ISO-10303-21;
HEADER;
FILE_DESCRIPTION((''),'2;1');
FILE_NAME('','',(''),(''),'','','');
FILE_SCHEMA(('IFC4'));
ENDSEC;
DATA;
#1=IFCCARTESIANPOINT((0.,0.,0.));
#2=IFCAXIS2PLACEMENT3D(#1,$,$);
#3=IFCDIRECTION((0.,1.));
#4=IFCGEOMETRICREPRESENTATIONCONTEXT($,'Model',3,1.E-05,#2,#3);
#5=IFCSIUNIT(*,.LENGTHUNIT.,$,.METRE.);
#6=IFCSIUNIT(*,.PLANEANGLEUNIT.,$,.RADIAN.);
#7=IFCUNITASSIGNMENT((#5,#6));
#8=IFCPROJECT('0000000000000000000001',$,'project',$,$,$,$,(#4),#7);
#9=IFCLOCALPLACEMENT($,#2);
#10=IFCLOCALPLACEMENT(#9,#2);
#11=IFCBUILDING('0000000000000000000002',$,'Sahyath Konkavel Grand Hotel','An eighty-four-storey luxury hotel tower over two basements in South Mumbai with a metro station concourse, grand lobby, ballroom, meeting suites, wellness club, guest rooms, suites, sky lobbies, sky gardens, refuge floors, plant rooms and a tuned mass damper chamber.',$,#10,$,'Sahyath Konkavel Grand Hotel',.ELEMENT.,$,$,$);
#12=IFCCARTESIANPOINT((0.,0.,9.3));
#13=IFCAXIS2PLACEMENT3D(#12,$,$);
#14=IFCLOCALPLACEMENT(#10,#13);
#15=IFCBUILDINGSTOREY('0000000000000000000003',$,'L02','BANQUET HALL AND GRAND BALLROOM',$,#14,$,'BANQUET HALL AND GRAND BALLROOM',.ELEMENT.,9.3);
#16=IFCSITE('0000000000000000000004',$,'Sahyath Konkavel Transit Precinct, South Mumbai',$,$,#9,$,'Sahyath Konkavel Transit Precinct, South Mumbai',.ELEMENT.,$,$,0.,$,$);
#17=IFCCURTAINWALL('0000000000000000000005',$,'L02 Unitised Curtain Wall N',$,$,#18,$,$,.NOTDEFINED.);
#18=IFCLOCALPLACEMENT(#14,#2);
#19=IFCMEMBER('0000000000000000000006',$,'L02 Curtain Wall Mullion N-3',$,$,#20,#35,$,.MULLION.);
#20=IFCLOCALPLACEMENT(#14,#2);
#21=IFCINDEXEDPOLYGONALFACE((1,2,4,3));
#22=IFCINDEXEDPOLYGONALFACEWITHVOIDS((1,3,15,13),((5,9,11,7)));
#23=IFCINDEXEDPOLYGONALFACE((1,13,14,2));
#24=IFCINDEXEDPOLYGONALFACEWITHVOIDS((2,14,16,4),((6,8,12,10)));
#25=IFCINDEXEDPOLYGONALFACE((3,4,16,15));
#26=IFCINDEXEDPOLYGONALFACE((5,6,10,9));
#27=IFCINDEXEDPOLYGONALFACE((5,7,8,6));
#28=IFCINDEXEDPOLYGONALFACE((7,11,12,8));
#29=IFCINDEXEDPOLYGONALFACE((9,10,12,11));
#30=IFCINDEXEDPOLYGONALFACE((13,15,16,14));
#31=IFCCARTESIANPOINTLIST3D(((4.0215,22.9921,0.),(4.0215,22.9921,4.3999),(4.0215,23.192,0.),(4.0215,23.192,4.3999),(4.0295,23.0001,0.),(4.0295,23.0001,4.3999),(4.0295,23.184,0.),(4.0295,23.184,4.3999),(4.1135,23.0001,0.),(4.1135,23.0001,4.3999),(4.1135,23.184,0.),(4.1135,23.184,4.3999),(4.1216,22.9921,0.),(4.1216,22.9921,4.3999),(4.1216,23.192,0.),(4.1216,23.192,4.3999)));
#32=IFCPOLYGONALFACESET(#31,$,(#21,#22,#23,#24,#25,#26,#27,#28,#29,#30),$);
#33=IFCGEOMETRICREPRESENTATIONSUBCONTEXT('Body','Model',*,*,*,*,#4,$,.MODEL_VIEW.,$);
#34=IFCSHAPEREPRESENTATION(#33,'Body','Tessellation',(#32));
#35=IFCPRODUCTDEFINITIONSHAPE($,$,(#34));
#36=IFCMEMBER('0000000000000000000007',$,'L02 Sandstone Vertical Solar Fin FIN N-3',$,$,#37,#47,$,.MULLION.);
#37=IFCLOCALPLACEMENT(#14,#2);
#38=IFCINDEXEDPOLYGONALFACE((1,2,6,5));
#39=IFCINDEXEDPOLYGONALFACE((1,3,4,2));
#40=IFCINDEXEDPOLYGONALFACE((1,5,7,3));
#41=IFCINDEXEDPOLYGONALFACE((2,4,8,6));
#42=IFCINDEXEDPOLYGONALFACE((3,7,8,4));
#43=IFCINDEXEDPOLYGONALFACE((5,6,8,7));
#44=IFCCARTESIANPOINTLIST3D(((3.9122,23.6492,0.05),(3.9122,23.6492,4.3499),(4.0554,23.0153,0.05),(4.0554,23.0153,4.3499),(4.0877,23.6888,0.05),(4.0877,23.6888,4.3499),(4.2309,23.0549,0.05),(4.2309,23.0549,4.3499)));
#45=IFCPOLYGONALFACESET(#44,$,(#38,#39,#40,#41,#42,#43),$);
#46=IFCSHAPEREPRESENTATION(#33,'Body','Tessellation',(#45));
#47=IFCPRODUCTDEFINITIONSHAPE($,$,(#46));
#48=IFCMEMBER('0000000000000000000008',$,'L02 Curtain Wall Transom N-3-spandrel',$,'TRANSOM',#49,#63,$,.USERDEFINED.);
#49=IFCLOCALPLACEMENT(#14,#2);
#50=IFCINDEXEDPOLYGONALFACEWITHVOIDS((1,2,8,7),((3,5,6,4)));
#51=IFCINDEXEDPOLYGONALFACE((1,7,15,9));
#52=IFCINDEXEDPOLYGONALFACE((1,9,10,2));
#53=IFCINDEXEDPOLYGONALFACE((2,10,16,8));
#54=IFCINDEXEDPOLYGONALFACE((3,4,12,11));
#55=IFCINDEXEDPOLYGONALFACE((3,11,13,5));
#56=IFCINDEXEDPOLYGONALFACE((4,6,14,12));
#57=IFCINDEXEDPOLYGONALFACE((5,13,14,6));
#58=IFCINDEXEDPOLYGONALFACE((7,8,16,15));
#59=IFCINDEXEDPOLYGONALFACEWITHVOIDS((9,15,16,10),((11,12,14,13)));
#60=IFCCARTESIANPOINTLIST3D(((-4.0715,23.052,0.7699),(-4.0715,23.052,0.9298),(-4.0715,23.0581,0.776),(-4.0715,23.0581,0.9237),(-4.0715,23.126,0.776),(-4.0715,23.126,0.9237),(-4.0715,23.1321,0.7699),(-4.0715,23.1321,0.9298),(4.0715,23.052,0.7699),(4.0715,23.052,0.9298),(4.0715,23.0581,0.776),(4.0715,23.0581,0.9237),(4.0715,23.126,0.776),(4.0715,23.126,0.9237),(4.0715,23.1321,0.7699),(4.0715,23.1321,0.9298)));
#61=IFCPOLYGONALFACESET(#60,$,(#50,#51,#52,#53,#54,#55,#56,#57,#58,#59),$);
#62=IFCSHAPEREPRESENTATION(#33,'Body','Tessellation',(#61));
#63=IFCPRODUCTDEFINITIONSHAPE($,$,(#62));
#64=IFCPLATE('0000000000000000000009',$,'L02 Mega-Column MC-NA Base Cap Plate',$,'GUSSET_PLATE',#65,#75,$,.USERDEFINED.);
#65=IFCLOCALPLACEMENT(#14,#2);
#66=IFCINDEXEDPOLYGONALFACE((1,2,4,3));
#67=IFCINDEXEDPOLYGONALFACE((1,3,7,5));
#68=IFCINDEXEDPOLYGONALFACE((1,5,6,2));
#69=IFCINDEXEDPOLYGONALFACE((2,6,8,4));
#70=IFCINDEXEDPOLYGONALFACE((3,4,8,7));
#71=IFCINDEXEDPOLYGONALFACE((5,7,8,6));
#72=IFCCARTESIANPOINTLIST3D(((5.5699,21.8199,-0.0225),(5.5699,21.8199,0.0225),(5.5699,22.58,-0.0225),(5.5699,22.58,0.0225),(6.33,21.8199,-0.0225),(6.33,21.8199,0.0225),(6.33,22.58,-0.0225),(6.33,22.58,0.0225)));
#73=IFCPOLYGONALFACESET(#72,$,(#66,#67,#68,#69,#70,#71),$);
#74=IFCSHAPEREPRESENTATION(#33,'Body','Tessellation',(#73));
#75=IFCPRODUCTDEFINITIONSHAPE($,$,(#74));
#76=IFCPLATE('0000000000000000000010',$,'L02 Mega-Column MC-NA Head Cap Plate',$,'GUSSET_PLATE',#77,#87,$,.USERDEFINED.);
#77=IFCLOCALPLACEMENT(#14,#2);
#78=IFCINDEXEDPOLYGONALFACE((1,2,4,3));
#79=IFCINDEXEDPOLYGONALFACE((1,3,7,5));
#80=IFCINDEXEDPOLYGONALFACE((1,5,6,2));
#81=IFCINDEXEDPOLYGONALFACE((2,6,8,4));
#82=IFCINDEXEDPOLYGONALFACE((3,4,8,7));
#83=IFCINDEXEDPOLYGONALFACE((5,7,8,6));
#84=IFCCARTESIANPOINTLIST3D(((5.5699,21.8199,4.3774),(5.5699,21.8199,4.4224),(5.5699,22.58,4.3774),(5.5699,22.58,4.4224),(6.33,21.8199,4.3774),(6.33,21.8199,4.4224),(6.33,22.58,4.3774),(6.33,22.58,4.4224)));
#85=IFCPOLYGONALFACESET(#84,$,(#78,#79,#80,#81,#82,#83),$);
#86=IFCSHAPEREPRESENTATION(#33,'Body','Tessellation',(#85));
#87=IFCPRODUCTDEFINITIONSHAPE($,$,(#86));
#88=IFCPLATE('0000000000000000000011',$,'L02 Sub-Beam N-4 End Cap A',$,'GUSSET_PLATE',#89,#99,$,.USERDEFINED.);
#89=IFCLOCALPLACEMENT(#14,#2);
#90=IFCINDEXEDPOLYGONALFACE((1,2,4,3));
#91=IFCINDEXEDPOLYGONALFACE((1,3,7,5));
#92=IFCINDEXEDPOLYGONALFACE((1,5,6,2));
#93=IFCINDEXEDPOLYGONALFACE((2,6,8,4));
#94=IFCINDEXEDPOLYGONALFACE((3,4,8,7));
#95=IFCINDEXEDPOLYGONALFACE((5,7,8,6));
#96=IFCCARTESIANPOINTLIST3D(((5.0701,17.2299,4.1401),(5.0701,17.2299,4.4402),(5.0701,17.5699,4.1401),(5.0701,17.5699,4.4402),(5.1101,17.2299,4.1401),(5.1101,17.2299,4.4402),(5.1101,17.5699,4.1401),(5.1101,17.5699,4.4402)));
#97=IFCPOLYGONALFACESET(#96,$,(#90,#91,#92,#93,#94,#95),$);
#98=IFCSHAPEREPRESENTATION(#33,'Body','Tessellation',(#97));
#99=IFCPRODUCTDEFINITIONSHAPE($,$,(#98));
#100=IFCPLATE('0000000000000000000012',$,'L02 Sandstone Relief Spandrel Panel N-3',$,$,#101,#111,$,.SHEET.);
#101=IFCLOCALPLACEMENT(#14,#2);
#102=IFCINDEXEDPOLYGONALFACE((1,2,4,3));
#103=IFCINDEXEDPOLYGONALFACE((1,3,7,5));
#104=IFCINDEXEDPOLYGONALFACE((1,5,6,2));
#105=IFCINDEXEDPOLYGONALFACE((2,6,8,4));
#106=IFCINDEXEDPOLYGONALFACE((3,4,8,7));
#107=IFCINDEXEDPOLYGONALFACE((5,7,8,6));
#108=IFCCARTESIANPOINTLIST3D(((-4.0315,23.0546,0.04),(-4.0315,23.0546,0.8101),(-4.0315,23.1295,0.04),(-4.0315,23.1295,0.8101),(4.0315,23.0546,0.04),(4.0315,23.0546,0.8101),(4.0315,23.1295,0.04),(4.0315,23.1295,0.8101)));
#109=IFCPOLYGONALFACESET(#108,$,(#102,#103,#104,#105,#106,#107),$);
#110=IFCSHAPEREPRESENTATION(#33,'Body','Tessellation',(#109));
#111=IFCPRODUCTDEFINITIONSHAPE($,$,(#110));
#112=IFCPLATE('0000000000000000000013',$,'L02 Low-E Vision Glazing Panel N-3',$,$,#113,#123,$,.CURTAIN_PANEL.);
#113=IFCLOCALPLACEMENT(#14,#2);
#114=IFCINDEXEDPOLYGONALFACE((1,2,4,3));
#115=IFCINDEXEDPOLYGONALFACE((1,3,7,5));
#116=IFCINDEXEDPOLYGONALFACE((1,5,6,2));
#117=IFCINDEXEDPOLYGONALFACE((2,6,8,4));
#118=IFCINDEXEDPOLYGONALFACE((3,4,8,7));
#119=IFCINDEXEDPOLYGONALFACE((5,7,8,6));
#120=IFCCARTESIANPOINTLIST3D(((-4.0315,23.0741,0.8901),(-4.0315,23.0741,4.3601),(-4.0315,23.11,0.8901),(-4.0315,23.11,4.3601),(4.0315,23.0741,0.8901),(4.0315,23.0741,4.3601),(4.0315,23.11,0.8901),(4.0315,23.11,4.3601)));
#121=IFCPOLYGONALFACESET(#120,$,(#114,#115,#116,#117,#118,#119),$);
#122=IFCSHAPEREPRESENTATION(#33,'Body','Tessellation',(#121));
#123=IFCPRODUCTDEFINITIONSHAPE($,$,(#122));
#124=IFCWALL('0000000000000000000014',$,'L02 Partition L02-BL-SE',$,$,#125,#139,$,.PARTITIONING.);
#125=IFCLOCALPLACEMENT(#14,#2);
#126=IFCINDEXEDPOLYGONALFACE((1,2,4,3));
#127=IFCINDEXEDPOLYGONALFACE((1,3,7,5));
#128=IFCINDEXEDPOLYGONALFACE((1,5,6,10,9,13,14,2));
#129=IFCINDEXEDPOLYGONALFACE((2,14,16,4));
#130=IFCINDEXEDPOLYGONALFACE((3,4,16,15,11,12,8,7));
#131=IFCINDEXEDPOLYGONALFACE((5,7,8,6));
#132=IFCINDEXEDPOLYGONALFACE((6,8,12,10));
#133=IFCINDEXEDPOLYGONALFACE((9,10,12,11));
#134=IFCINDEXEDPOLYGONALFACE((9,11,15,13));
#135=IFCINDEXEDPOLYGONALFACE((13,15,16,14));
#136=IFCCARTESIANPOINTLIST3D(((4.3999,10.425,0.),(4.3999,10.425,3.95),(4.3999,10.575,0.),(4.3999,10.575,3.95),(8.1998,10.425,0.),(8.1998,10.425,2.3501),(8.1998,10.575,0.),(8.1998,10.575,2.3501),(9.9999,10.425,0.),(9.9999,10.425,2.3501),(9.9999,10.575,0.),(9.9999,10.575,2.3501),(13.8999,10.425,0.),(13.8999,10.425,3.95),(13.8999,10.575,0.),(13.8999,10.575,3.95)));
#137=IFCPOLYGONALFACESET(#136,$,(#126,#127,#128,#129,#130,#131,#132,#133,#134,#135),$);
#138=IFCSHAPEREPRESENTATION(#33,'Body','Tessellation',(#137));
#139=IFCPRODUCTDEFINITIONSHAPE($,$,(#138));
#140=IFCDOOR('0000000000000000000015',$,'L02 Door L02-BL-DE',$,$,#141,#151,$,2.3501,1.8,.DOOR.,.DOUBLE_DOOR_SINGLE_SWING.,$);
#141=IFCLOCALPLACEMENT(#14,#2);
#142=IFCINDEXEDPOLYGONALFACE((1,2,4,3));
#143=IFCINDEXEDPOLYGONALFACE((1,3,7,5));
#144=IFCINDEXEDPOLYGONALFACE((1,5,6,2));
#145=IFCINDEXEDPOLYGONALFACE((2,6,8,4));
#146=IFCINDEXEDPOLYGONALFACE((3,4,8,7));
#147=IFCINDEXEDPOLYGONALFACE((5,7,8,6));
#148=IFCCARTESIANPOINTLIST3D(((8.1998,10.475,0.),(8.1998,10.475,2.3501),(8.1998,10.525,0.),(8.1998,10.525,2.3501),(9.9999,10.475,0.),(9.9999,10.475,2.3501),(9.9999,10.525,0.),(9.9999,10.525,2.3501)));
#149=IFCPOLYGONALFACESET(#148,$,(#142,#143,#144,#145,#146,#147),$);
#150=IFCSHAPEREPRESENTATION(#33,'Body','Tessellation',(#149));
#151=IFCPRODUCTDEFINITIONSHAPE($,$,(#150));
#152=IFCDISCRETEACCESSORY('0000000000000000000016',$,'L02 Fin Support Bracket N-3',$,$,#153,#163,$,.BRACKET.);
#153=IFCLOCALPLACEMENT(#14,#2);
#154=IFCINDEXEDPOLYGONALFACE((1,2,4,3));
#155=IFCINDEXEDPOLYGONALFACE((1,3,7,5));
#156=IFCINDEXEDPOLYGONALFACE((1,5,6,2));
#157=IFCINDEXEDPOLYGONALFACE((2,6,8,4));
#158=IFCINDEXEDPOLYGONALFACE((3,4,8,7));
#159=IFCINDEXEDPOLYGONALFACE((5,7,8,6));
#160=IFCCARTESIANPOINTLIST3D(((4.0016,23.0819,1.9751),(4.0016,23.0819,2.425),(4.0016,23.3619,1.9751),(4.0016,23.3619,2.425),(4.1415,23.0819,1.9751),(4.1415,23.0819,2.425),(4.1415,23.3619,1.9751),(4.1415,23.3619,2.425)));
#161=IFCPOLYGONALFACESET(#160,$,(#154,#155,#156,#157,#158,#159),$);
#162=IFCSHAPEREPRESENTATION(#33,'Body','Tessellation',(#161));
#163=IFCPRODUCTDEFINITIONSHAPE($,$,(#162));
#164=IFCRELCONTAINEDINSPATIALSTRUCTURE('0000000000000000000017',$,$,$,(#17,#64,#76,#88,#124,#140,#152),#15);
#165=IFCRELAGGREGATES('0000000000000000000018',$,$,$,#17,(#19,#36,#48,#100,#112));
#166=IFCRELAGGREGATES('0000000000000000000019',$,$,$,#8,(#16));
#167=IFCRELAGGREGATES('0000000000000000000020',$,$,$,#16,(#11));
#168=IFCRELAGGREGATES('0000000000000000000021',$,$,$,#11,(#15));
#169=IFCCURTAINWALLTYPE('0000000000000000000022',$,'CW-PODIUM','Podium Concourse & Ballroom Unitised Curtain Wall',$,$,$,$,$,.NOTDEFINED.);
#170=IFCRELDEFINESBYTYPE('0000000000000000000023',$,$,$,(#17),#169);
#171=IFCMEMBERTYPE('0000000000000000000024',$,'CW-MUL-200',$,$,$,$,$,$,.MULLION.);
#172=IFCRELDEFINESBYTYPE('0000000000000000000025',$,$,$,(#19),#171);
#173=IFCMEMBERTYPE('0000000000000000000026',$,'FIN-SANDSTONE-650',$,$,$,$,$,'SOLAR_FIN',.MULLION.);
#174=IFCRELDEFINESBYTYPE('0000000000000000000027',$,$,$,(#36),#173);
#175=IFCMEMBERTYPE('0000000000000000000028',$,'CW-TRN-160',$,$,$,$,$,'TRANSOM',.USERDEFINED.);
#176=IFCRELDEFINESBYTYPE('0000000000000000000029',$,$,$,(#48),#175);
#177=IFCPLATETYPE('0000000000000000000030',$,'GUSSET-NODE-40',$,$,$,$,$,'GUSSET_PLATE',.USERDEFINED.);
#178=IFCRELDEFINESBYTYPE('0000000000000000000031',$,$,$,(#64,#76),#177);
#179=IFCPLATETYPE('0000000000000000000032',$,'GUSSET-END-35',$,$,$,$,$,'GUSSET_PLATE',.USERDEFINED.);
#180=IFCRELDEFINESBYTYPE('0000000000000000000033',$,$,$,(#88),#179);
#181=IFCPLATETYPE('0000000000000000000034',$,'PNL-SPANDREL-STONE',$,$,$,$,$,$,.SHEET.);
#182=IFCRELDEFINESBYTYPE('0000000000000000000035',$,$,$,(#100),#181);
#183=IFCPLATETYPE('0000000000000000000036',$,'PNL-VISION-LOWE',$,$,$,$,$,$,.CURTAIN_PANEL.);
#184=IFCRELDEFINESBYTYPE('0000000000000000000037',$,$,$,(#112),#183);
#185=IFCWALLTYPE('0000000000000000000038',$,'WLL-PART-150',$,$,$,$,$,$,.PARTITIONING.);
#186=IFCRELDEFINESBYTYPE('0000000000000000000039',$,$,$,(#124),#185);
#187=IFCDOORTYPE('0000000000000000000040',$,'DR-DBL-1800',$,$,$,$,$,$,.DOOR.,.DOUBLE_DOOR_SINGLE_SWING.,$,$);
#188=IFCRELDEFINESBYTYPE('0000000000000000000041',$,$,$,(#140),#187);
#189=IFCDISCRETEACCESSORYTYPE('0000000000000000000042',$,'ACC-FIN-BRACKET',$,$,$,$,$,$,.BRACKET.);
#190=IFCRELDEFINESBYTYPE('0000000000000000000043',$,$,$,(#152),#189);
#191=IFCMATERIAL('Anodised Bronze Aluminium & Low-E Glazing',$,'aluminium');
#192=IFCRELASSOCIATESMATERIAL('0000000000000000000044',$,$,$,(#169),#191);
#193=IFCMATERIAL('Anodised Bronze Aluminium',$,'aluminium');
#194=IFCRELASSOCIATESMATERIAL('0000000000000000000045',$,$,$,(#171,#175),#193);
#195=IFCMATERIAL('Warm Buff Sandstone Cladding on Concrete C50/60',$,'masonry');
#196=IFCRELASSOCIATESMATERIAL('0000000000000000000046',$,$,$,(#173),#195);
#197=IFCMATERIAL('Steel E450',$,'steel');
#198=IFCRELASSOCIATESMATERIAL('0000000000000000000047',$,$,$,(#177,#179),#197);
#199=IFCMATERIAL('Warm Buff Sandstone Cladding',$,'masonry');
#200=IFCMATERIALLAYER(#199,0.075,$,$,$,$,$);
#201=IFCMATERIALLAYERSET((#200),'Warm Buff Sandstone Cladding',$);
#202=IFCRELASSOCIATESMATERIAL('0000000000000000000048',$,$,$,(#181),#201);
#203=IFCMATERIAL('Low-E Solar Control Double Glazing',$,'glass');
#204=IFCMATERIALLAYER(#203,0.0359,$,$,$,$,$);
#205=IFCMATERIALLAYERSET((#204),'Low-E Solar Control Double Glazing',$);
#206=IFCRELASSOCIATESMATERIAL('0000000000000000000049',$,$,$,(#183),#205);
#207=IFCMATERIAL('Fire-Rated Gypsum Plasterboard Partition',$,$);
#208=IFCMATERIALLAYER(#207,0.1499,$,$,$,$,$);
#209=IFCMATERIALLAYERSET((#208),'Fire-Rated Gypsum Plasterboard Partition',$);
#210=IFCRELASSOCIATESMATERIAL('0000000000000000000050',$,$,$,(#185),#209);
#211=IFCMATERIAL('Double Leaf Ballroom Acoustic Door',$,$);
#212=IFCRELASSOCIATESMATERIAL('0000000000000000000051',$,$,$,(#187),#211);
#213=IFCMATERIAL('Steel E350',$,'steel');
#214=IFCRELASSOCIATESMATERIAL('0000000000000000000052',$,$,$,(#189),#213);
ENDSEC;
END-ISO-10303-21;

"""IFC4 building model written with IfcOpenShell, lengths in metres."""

from ifc_helpers import new_model, si_unit, direction, frame, frame_2d, origin, origin_2d, place, context, subcontext, project, spatial, rectangle, hollow_rectangle, extrude, source, transform, mapped, material, layer, layer_set, material_profile, profile_set, type_object, element, fill, aggregate, save


model = new_model("IFC4")

# Units and contexts
model_context = context("Model", 3, precision=1e-05, world=origin(), true_north=direction((0.0, 1.0)))
body_context = subcontext(model_context, "Body", "Model", "MODEL_VIEW")
ifc_project = project(units=[si_unit("LENGTHUNIT", "METRE"), si_unit("PLANEANGLEUNIT", "RADIAN")], contexts=[model_context])

# Site, building, storey
site_placement = place(None, origin())
site = spatial("IfcSite", under=ifc_project, at=site_placement, Name="Sahyath Konkavel Transit Precinct, South Mumbai", LongName="Sahyath Konkavel Transit Precinct, South Mumbai", CompositionType="ELEMENT", RefElevation=0.0)
building_placement = place(site_placement, origin())
building = spatial("IfcBuilding", under=site, at=building_placement, Name="Sahyath Konkavel Grand Hotel", Description="An eighty-four-storey luxury hotel tower over two basements in South Mumbai with a metro station concourse, grand lobby, ballroom, meeting suites, wellness club, guest rooms, suites, sky lobbies, sky gardens, refuge floors, plant rooms and a tuned mass damper chamber.", LongName="Sahyath Konkavel Grand Hotel", CompositionType="ELEMENT")
storey_placement = place(building_placement, frame((0.0, 0.0, 9.3)))
storey = spatial("IfcBuildingStorey", under=building, at=storey_placement, Name="L02", Description="BANQUET HALL AND GRAND BALLROOM", LongName="BANQUET HALL AND GRAND BALLROOM", CompositionType="ELEMENT", Elevation=9.3)

# Shared definitions
ifc_material_1 = material(Name="Steel E450", Category="steel")

# Shared definitions
ifc_material_2 = material(Name="Steel E350", Category="steel")

# Curtain wall, members
ifc_material_3 = material(Name="Anodised Bronze Aluminium & Low-E Glazing", Category="aluminium")
curtain_wall_type = type_object("IfcCurtainWallType", Name="CW-PODIUM", Description="Podium Concourse & Ballroom Unitised Curtain Wall", PredefinedType="NOTDEFINED", material=ifc_material_3)
curtain_wall_placement = place(storey_placement, origin())
curtain_wall = element("IfcCurtainWall", 1, at=curtain_wall_placement, inside=storey, type_object=curtain_wall_type, Name="L02 Unitised Curtain Wall N", PredefinedType="NOTDEFINED")
ifc_material_4 = material(Name="Anodised Bronze Aluminium", Category="aluminium")
ifc_material_profile_1 = material_profile(ifc_material_4, hollow_rectangle(XDim=0.1001, YDim=0.2, WallThickness=0.0081, at=origin_2d()), Name="RHS 200x100x8")
ifc_profile_set_1 = profile_set([ifc_material_profile_1], Name="Anodised Bronze Aluminium")
member_type_1 = type_object("IfcMemberType", Name="CW-MUL-200", PredefinedType="MULLION", material=ifc_profile_set_1)
shared_shape_1 = source(origin(), body_context, "Body", "SweptSolid", [
    extrude(hollow_rectangle(XDim=0.1001, YDim=0.2, WallThickness=0.0081, at=origin_2d()), origin(), (0.0, 0.0, 1.0), 4.3999),
])
member_1_placement = place(storey_placement, frame((4.0715, 23.092, 0.0), z_axis=(0.0, 0.0, 1.0), x_axis=(1.0, 0.0, 0.0)))
member_1 = element("IfcMember", 2, at=member_1_placement, type_object=member_type_1, Name="L02 Curtain Wall Mullion N-3", PredefinedType="MULLION", context=body_context, shape_type="MappedRepresentation", body=[
    mapped(shared_shape_1, transform((0.0, 0.0, 0.0), scale=1.0)),
])
ifc_material_5 = material(Name="Warm Buff Sandstone Cladding on Concrete C50/60", Category="masonry")
ifc_material_profile_2 = material_profile(ifc_material_5, rectangle(XDim=0.1799, YDim=0.6499, at=origin_2d()), Name="FIN 180x650")
ifc_profile_set_2 = profile_set([ifc_material_profile_2], Name="Warm Buff Sandstone Cladding on Concrete C50/60")
member_type_2 = type_object("IfcMemberType", Name="FIN-SANDSTONE-650", ElementType="SOLAR_FIN", PredefinedType="MULLION", material=ifc_profile_set_2)
shared_shape_2 = source(origin(), body_context, "Body", "SweptSolid", [
    extrude(rectangle(XDim=0.1799, YDim=0.6499, at=origin_2d()), origin(), (0.0, 0.0, 1.0), 4.2998),
])
member_2_placement = place(storey_placement, frame((4.0715, 23.3521, 0.05), z_axis=(0.0, 0.0, 1.0), x_axis=(0.975419, 0.220357, 0.0)))
member_2 = element("IfcMember", 3, at=member_2_placement, type_object=member_type_2, Name="L02 Sandstone Vertical Solar Fin FIN N-3", PredefinedType="MULLION", context=body_context, shape_type="MappedRepresentation", body=[
    mapped(shared_shape_2, transform((0.0, 0.0, 0.0), scale=1.0)),
])
ifc_material_profile_3 = material_profile(ifc_material_4, hollow_rectangle(XDim=0.0801, YDim=0.1599, WallThickness=0.0061, at=origin_2d()), Name="RHS 160x80x6")
ifc_profile_set_3 = profile_set([ifc_material_profile_3], Name="Anodised Bronze Aluminium")
member_type_3 = type_object("IfcMemberType", Name="CW-TRN-160", ElementType="TRANSOM", PredefinedType="USERDEFINED", material=ifc_profile_set_3)
shared_shape_3 = source(origin(), body_context, "Body", "SweptSolid", [
    extrude(hollow_rectangle(XDim=0.0801, YDim=0.1599, WallThickness=0.0061, at=origin_2d()), origin(), (0.0, 0.0, 1.0), 8.1431),
])
member_3_placement = place(storey_placement, frame((4.0715, 23.092, 0.8499), z_axis=(-1.0, 0.0, 0.0), x_axis=(0.0, -1.0, 0.0)))
member_3 = element("IfcMember", 4, at=member_3_placement, type_object=member_type_3, Name="L02 Curtain Wall Transom N-3-spandrel", ObjectType="TRANSOM", PredefinedType="USERDEFINED", context=body_context, shape_type="MappedRepresentation", body=[
    mapped(shared_shape_3, transform((0.0, 0.0, 0.0), scale=1.0)),
])

# Plates
plate_type_1 = type_object("IfcPlateType", Name="GUSSET-NODE-40", ElementType="GUSSET_PLATE", PredefinedType="USERDEFINED", material=ifc_material_1)
shared_shape_4 = source(origin(), body_context, "Body", "SweptSolid", [
    extrude(rectangle(XDim=0.76, YDim=0.76, at=origin_2d()), origin(), (0.0, 0.0, 1.0), 0.0449),
])
for number, where, z_axis, x_axis, name in (
    (5, (5.95, 22.2, -0.0225), (0.0, 0.0, 1.0), (1.0, 0.0, 0.0), "L02 Mega-Column MC-NA Base Cap Plate"),
    (6, (5.95, 22.2, 4.3774), (0.0, 0.0, 1.0), (1.0, 0.0, 0.0), "L02 Mega-Column MC-NA Head Cap Plate"),
):
    element("IfcPlate", number, at=place(storey_placement, frame(where, z_axis=z_axis, x_axis=x_axis)), inside=storey, type_object=plate_type_1, Name=name, ObjectType="GUSSET_PLATE", PredefinedType="USERDEFINED", context=body_context, shape_type="MappedRepresentation", body=[
        mapped(shared_shape_4, transform((0.0, 0.0, 0.0), scale=1.0)),
    ])
plate_type_2 = type_object("IfcPlateType", Name="GUSSET-END-35", ElementType="GUSSET_PLATE", PredefinedType="USERDEFINED", material=ifc_material_1)
shared_shape_5 = source(origin(), body_context, "Body", "SweptSolid", [
    extrude(rectangle(XDim=0.04, YDim=0.3401, at=origin_2d()), origin(), (0.0, 0.0, 1.0), 0.3),
])
plate_1_placement = place(storey_placement, frame((5.0901, 17.3999, 4.1401), z_axis=(0.0, 0.0, 1.0), x_axis=(-1.0, 0.0, 0.0)))
element("IfcPlate", 7, at=plate_1_placement, inside=storey, type_object=plate_type_2, Name="L02 Sub-Beam N-4 End Cap A", ObjectType="GUSSET_PLATE", PredefinedType="USERDEFINED", context=body_context, shape_type="MappedRepresentation", body=[
    mapped(shared_shape_5, transform((0.0, 0.0, 0.0), scale=1.0)),
])

# Plates
ifc_material_6 = material(Name="Warm Buff Sandstone Cladding", Category="masonry")
ifc_layer_1 = layer(ifc_material_6, 0.075)
ifc_layer_set_1 = layer_set([ifc_layer_1], Name="Warm Buff Sandstone Cladding")
plate_type_3 = type_object("IfcPlateType", Name="PNL-SPANDREL-STONE", PredefinedType="SHEET", material=ifc_layer_set_1)
shared_shape_6 = source(origin(), body_context, "Body", "SweptSolid", [
    extrude(rectangle(XDim=8.063, YDim=0.075, at=origin_2d()), origin(), (0.0, 0.0, 1.0), 0.77),
])
plate_2_placement = place(storey_placement, frame((0.0, 23.092, 0.04), z_axis=(0.0, 0.0, 1.0), x_axis=(-1.0, 0.0, 0.0)))
plate_2 = element("IfcPlate", 8, at=plate_2_placement, type_object=plate_type_3, Name="L02 Sandstone Relief Spandrel Panel N-3", PredefinedType="SHEET", context=body_context, shape_type="MappedRepresentation", body=[
    mapped(shared_shape_6, transform((0.0, 0.0, 0.0), scale=1.0)),
])
ifc_material_7 = material(Name="Low-E Solar Control Double Glazing", Category="glass")
ifc_layer_2 = layer(ifc_material_7, 0.0359)
ifc_layer_set_2 = layer_set([ifc_layer_2], Name="Low-E Solar Control Double Glazing")
plate_type_4 = type_object("IfcPlateType", Name="PNL-VISION-LOWE", PredefinedType="CURTAIN_PANEL", material=ifc_layer_set_2)
shared_shape_7 = source(origin(), body_context, "Body", "SweptSolid", [
    extrude(rectangle(XDim=8.063, YDim=0.0359, at=origin_2d()), origin(), (0.0, 0.0, 1.0), 3.47),
])
plate_3_placement = place(storey_placement, frame((0.0, 23.092, 0.8901), z_axis=(0.0, 0.0, 1.0), x_axis=(-1.0, 0.0, 0.0)))
plate_3 = element("IfcPlate", 9, at=plate_3_placement, type_object=plate_type_4, Name="L02 Low-E Vision Glazing Panel N-3", PredefinedType="CURTAIN_PANEL", context=body_context, shape_type="MappedRepresentation", body=[
    mapped(shared_shape_7, transform((0.0, 0.0, 0.0), scale=1.0)),
])
aggregate(curtain_wall, [member_1, member_2, member_3, plate_2, plate_3])

# Wall, opening, door
ifc_material_8 = material(Name="Fire-Rated Gypsum Plasterboard Partition")
ifc_layer_3 = layer(ifc_material_8, 0.1499)
ifc_layer_set_3 = layer_set([ifc_layer_3], Name="Fire-Rated Gypsum Plasterboard Partition")
wall_type = type_object("IfcWallType", Name="WLL-PART-150", PredefinedType="PARTITIONING", material=ifc_layer_set_3)
wall_placement = place(storey_placement, frame((4.3999, 10.5, 0.0), z_axis=(0.0, 0.0, 1.0), x_axis=(1.0, 0.0, 0.0)))
wall = element("IfcWall", 10, at=wall_placement, inside=storey, type_object=wall_type, Name="L02 Partition L02-BL-SE", PredefinedType="PARTITIONING", context=body_context, shape_type="SweptSolid", body=[
    extrude(rectangle(XDim=9.5, YDim=0.1499, at=frame_2d((4.75, 0.0))), origin(), (0.0, 0.0, 1.0), 3.95),
])
opening_placement = place(wall_placement, frame((3.8, 0.0, 0.0)))
opening = element("IfcOpeningElement", 11, at=opening_placement, cuts=wall, PredefinedType="OPENING", context=body_context, shape_type="SweptSolid", body=[
    extrude(rectangle(XDim=1.8, YDim=2.3501, at=frame_2d((0.8999, 1.175))), frame((0.0, 0.085, 0.0), z_axis=(0.0, -1.0, 0.0), x_axis=(1.0, 0.0, 0.0)), (0.0, 0.0, 1.0), 0.1699),
])
ifc_material_9 = material(Name="Double Leaf Ballroom Acoustic Door")
door_type = type_object("IfcDoorType", Name="DR-DBL-1800", OperationType="DOUBLE_DOOR_SINGLE_SWING", PredefinedType="DOOR", material=ifc_material_9)
shared_shape_8 = source(origin(), body_context, "Body", "SweptSolid", [
    extrude(rectangle(XDim=1.8, YDim=0.05, at=origin_2d()), origin(), (0.0, 0.0, 1.0), 2.3501),
])
door_placement = place(opening_placement, frame((0.8999, 0.0, 0.0)))
door = element("IfcDoor", 12, at=door_placement, inside=storey, type_object=door_type, Name="L02 Door L02-BL-DE", OperationType="DOUBLE_DOOR_SINGLE_SWING", OverallHeight=2.3501, OverallWidth=1.8, PredefinedType="DOOR", context=body_context, shape_type="MappedRepresentation", body=[
    mapped(shared_shape_8, transform((0.0, 0.0, 0.0), scale=1.0)),
])
fill(opening, door)

# Discrete accessory
discrete_accessory_type = type_object("IfcDiscreteAccessoryType", Name="ACC-FIN-BRACKET", PredefinedType="BRACKET", material=ifc_material_2)
shared_shape_9 = source(origin(), body_context, "Body", "SweptSolid", [
    extrude(rectangle(XDim=0.28, YDim=0.1399, at=origin_2d()), origin(), (0.0, 0.0, 1.0), 0.45),
])
discrete_accessory_placement = place(storey_placement, frame((4.0715, 23.2219, 1.9751), z_axis=(0.0, 0.0, 1.0), x_axis=(0.0, 1.0, 0.0)))
element("IfcDiscreteAccessory", 13, at=discrete_accessory_placement, inside=storey, type_object=discrete_accessory_type, Name="L02 Fin Support Bracket N-3", PredefinedType="BRACKET", context=body_context, shape_type="MappedRepresentation", body=[
    mapped(shared_shape_9, transform((0.0, 0.0, 0.0), scale=1.0)),
])

save(model, "model.ifc")
